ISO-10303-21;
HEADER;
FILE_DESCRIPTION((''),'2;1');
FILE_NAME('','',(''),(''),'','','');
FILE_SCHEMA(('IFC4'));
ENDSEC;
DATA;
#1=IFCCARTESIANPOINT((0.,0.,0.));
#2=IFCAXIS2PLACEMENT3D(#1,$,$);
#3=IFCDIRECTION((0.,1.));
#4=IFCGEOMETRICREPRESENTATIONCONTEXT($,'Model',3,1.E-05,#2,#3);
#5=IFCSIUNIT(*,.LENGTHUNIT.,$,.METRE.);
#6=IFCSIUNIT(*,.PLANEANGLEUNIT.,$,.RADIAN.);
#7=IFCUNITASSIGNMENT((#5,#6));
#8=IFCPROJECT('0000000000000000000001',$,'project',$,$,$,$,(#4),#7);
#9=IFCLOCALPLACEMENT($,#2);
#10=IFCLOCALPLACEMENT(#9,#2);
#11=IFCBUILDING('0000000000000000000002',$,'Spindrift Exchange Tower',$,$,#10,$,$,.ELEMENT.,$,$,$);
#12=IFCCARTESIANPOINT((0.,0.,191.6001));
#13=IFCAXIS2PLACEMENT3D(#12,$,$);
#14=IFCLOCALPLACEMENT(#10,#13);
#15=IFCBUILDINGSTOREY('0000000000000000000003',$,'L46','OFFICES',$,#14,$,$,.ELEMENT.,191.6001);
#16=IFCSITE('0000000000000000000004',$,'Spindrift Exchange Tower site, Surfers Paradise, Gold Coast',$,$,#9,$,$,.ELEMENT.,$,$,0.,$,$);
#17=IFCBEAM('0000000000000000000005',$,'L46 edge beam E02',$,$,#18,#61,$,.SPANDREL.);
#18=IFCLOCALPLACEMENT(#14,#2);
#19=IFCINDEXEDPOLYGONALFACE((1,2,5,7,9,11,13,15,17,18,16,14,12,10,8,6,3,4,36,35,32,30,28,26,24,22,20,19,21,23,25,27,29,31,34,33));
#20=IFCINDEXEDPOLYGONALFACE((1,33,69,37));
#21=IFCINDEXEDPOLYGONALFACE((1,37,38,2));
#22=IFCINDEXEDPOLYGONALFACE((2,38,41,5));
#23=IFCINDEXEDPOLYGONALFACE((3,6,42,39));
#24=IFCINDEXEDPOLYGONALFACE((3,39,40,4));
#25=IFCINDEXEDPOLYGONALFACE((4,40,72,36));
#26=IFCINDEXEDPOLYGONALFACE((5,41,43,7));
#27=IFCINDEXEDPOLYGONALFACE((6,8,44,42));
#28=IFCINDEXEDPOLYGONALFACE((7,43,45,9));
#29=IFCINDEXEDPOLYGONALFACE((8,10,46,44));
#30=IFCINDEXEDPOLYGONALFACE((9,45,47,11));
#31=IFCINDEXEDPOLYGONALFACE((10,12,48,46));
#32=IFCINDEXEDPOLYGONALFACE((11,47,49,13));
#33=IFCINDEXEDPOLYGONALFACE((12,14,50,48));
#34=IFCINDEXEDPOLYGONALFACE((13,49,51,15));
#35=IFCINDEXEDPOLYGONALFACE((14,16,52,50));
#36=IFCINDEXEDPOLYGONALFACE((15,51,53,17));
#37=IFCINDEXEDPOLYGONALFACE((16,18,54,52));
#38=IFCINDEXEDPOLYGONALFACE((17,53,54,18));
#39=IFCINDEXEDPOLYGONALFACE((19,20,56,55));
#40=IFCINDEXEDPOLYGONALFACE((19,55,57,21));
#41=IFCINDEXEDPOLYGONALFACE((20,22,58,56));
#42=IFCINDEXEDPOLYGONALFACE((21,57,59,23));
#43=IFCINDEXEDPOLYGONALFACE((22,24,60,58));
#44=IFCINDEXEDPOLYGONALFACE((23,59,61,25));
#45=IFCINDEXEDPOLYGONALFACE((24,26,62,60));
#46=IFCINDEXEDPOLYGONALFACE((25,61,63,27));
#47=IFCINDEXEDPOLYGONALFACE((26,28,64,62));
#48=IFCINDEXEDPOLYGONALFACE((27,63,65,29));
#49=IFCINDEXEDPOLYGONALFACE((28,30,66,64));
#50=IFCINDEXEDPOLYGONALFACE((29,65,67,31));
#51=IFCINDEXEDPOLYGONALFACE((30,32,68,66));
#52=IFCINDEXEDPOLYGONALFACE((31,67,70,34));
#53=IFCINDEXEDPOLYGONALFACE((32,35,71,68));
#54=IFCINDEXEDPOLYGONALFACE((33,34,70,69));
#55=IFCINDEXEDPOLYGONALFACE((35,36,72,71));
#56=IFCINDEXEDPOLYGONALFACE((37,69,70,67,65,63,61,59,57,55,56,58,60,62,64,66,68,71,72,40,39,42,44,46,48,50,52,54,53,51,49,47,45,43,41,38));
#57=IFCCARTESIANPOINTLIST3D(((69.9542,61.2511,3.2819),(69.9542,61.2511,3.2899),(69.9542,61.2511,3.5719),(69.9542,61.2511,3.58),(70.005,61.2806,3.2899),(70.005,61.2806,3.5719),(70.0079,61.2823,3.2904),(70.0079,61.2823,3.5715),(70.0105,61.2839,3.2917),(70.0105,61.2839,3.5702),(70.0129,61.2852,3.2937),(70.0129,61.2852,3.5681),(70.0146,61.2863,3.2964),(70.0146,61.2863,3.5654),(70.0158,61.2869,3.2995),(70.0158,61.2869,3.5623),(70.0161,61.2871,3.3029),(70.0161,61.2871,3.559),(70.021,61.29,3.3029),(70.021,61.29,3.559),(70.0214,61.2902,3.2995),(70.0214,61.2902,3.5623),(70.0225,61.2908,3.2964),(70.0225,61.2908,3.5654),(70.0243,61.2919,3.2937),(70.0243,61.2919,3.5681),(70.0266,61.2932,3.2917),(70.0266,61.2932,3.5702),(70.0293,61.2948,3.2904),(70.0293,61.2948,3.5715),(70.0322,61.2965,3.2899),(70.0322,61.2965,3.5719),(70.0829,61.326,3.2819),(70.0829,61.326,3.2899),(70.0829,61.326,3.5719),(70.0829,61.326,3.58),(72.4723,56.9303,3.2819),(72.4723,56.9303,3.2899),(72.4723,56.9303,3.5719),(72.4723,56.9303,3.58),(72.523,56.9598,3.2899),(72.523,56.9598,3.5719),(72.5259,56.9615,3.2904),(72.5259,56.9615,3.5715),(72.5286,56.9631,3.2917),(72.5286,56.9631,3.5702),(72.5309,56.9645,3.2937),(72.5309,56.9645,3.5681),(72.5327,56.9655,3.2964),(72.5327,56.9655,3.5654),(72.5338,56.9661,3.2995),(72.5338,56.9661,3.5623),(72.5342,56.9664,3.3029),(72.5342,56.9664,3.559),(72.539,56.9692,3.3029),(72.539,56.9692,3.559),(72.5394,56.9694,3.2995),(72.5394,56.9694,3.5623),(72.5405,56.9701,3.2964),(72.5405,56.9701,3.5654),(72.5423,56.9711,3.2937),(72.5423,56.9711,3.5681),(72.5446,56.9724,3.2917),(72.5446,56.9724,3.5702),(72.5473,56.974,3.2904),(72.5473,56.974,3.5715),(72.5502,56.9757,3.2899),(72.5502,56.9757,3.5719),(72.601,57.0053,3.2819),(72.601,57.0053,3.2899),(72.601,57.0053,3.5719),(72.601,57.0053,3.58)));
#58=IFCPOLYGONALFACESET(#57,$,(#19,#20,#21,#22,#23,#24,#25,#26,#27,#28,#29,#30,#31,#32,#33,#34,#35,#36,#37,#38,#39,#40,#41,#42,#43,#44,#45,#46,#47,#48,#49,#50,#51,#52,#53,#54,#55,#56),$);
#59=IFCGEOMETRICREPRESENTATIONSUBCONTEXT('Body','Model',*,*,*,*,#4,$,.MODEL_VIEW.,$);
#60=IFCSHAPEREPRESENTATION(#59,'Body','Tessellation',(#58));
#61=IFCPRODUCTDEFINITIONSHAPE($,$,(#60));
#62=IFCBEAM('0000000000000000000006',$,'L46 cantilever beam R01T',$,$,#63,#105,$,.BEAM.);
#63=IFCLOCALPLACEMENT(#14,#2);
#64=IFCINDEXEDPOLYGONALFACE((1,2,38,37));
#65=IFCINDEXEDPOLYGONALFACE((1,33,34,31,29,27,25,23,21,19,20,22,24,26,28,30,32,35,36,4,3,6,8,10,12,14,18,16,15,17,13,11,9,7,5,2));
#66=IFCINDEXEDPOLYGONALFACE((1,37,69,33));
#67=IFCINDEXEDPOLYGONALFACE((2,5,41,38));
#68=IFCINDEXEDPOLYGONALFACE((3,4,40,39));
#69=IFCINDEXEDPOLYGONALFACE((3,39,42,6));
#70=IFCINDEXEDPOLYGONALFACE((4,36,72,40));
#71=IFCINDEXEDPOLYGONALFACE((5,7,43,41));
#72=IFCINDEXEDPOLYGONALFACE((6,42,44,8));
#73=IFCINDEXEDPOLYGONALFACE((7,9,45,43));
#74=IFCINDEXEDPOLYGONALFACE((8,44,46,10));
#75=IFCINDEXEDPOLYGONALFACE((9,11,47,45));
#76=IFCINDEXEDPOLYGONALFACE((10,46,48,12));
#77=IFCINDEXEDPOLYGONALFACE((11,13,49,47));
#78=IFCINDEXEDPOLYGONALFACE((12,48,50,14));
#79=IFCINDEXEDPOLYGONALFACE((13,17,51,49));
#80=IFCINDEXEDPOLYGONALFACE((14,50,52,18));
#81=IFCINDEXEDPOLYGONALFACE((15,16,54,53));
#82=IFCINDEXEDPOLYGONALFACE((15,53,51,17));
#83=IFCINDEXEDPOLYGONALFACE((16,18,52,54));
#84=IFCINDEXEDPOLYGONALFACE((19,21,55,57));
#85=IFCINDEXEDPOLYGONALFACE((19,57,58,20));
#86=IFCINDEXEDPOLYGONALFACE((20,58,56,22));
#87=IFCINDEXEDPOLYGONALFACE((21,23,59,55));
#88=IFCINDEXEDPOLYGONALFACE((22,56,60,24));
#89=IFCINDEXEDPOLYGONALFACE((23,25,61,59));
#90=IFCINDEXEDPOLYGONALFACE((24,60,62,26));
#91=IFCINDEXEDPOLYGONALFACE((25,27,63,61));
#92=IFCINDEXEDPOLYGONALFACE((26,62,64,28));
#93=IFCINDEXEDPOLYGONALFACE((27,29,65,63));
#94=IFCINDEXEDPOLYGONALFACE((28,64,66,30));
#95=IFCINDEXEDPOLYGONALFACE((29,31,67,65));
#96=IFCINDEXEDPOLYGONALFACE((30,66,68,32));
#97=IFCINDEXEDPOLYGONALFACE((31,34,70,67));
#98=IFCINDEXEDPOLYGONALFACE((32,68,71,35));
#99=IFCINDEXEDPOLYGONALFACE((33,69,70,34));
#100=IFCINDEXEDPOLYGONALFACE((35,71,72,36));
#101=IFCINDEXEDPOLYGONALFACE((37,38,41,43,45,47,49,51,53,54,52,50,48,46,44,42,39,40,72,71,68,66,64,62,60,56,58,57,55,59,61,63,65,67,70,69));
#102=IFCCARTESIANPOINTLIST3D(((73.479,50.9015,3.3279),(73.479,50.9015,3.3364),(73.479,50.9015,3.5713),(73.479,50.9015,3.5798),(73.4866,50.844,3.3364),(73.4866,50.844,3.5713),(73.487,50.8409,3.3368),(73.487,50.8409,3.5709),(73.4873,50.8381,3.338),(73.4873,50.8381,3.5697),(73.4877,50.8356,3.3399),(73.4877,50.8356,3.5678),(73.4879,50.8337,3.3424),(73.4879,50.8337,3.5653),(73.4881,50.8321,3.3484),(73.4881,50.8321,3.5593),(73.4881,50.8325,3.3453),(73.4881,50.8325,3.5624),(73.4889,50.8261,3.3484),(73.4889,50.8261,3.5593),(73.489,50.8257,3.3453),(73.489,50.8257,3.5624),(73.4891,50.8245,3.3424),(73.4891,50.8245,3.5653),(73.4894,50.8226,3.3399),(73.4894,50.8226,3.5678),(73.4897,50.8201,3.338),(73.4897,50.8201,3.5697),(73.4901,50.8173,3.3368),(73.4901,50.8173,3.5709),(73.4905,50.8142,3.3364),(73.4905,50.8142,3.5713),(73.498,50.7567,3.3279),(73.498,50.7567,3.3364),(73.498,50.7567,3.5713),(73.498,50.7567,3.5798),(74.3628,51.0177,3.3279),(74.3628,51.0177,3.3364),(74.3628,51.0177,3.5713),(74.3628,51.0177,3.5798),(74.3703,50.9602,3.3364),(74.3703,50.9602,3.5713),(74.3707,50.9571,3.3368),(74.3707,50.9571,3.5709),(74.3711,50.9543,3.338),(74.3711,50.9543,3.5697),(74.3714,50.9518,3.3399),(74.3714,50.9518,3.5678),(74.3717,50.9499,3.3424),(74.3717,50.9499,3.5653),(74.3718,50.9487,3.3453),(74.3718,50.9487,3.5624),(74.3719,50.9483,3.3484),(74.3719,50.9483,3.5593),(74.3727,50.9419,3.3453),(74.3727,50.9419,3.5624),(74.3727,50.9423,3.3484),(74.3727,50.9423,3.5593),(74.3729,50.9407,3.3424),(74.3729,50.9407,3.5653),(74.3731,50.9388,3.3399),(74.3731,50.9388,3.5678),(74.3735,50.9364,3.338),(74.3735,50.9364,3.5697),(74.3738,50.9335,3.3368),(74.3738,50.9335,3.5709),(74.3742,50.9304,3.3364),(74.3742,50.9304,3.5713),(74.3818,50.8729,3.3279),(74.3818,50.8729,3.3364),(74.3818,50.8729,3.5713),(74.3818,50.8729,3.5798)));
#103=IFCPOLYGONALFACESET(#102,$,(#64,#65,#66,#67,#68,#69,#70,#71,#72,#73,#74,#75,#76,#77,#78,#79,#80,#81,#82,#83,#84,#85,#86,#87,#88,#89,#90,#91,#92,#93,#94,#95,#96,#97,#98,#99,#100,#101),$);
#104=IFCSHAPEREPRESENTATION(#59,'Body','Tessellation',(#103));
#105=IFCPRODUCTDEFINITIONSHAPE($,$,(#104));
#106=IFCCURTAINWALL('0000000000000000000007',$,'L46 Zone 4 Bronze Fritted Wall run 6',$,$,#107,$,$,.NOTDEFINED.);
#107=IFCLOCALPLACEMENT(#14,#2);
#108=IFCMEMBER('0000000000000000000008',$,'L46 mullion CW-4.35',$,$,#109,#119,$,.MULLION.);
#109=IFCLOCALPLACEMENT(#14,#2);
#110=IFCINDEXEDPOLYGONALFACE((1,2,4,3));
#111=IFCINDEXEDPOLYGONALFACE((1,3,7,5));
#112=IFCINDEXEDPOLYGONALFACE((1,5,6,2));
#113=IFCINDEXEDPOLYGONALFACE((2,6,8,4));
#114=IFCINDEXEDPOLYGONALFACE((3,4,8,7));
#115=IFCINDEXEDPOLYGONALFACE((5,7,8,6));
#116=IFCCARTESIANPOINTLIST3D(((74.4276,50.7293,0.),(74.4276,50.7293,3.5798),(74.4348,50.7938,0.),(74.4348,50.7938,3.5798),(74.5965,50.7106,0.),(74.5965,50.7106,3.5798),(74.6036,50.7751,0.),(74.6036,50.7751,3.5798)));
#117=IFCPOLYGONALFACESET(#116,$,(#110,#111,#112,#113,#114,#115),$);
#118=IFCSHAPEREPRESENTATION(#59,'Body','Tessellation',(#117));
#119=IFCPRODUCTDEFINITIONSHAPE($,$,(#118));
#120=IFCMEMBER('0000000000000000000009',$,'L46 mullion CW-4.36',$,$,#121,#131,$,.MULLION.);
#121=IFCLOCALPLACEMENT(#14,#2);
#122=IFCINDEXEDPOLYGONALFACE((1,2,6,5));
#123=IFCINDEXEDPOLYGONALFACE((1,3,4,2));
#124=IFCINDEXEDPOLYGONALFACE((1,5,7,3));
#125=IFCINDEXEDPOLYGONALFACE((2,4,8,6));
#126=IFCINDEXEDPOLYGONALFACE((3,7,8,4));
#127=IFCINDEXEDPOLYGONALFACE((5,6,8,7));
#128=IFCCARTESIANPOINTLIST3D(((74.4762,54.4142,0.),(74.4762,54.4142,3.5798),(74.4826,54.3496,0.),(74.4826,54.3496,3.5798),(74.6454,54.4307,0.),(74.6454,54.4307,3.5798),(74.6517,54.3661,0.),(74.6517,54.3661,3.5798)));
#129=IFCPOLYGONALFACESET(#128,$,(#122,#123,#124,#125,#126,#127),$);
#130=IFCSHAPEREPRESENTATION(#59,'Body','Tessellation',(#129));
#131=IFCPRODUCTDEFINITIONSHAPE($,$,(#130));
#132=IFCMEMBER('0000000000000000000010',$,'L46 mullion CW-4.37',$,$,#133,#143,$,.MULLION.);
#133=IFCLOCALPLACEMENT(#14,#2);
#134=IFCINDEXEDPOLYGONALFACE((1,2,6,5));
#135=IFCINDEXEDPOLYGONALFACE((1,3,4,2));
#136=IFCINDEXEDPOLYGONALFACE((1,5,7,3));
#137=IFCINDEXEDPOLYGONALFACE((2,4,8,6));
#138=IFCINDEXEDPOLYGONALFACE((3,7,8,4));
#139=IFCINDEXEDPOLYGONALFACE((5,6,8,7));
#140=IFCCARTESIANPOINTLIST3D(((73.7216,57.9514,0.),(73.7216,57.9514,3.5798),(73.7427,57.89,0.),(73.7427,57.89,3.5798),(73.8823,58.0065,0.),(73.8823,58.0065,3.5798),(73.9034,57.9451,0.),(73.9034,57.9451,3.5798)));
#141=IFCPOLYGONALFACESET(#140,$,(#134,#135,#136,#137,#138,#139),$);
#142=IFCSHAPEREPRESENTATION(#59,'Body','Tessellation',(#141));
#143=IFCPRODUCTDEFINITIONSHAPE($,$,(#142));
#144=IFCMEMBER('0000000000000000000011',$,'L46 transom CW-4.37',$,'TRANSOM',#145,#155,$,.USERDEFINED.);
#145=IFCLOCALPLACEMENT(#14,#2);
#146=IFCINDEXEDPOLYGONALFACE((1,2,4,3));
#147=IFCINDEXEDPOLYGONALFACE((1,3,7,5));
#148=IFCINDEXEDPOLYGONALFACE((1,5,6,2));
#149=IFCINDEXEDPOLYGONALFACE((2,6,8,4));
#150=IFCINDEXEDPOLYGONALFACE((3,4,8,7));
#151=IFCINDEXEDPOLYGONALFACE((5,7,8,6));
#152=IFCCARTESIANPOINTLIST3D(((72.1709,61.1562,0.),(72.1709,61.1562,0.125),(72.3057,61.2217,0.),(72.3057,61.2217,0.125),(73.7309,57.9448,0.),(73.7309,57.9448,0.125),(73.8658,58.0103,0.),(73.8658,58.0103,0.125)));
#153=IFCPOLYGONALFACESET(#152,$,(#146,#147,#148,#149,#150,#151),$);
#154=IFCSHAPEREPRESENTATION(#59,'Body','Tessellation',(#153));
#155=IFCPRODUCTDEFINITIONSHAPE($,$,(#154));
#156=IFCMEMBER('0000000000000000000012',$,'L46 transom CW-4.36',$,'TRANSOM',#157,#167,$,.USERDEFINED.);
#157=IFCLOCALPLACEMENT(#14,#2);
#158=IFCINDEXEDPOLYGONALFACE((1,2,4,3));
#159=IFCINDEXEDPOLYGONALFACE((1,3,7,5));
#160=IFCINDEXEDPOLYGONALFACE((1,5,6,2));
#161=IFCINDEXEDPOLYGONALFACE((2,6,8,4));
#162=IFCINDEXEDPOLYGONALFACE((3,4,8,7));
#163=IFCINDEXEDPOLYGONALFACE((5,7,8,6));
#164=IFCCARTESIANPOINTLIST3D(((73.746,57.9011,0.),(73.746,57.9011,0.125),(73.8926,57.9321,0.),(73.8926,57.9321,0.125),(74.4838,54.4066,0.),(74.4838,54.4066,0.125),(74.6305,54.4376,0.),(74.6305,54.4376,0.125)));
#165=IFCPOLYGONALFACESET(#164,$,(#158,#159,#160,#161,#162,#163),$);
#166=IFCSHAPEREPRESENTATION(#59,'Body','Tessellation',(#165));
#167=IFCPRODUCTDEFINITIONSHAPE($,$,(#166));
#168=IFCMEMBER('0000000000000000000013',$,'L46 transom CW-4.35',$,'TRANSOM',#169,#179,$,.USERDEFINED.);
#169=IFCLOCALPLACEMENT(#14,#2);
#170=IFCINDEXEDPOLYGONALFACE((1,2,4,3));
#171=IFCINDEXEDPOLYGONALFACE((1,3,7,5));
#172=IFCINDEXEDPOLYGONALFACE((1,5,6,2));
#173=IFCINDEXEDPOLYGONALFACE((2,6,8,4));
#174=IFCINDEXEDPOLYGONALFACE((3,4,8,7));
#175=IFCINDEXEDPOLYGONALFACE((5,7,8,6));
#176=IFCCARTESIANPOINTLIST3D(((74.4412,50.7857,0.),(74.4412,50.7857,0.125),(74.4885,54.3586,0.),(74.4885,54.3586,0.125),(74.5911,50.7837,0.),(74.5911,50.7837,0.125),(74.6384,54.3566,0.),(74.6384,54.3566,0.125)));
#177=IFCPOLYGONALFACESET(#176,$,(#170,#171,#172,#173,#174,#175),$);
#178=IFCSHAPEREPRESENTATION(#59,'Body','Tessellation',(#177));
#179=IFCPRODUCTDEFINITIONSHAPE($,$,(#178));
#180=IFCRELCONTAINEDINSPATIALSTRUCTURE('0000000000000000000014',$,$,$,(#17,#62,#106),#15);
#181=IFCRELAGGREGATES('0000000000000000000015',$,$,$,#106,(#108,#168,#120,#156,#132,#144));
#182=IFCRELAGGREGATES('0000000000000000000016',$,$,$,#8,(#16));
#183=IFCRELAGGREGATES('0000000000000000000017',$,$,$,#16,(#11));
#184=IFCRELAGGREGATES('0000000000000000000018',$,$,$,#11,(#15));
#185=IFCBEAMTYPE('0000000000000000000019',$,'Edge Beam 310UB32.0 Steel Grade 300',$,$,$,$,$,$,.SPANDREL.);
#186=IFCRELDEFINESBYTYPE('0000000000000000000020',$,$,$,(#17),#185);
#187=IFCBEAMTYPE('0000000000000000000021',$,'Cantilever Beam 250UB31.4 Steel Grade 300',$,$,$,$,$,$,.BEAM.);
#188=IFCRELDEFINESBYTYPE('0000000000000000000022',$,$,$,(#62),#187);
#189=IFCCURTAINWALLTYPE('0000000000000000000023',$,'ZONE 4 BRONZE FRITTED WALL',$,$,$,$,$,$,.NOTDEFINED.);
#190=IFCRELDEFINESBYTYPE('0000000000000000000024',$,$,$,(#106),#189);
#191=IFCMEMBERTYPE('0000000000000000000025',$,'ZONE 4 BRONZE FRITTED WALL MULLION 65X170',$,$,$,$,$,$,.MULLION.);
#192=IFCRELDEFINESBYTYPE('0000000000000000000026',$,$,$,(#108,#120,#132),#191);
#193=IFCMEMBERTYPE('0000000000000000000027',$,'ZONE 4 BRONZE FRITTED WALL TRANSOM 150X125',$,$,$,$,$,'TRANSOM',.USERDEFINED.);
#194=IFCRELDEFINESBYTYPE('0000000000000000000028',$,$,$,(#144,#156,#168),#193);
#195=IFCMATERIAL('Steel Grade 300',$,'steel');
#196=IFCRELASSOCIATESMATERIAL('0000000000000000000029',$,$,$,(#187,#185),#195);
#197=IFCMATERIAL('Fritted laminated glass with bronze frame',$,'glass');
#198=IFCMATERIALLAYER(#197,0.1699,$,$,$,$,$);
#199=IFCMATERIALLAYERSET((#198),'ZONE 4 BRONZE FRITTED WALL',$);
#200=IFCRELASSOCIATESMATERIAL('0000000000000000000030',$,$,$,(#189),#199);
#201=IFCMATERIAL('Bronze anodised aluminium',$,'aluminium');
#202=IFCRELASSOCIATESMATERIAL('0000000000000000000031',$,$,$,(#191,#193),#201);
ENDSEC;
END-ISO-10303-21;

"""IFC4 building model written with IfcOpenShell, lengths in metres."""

from ifc_helpers import new_model, si_unit, direction, frame, origin, origin_2d, place, context, subcontext, project, spatial, rectangle, i_section, extrude, source, transform, mapped, material, layer, layer_set, material_profile, profile_set, type_object, element, aggregate, save


model = new_model("IFC4")

# Units and contexts
model_context = context("Model", 3, precision=1e-05, world=origin(), true_north=direction((0.0, 1.0)))
body_context = subcontext(model_context, "Body", "Model", "MODEL_VIEW")
ifc_project = project(units=[si_unit("LENGTHUNIT", "METRE"), si_unit("PLANEANGLEUNIT", "RADIAN")], contexts=[model_context])

# Site, building, storey
site_placement = place(None, origin())
site = spatial("IfcSite", under=ifc_project, at=site_placement, Name="Spindrift Exchange Tower site, Surfers Paradise, Gold Coast", CompositionType="ELEMENT", RefElevation=0.0)
building_placement = place(site_placement, origin())
building = spatial("IfcBuilding", under=site, at=building_placement, Name="Spindrift Exchange Tower", CompositionType="ELEMENT")
storey_placement = place(building_placement, frame((0.0, 0.0, 191.6001)))
storey = spatial("IfcBuildingStorey", under=building, at=storey_placement, Name="L46", Description="OFFICES", CompositionType="ELEMENT", Elevation=191.6001)

# Beams
ifc_material_1 = material(Name="Steel Grade 300", Category="steel")
ifc_material_profile_1 = material_profile(ifc_material_1, i_section(OverallWidth=0.146, OverallDepth=0.252, WebThickness=0.0061, FlangeThickness=0.0085, FilletRadius=0.012, at=origin_2d()), Name="250UB31.4")
ifc_profile_set_1 = profile_set([ifc_material_profile_1], Name="Steel Grade 300")
beam_type_1 = type_object("IfcBeamType", Name="Cantilever Beam 250UB31.4 Steel Grade 300", PredefinedType="BEAM", material=ifc_profile_set_1)
ifc_material_profile_2 = material_profile(ifc_material_1, i_section(OverallWidth=0.1489, OverallDepth=0.2981, WebThickness=0.0056, FlangeThickness=0.0081, FilletRadius=0.0129, at=origin_2d()), Name="310UB32.0")
ifc_profile_set_2 = profile_set([ifc_material_profile_2], Name="Steel Grade 300")
beam_type_2 = type_object("IfcBeamType", Name="Edge Beam 310UB32.0 Steel Grade 300", PredefinedType="SPANDREL", material=ifc_profile_set_2)
shared_shape_1 = source(origin(), body_context, "Body", "SweptSolid", [
    extrude(i_section(OverallWidth=0.1489, OverallDepth=0.2981, WebThickness=0.0056, FlangeThickness=0.0081, FilletRadius=0.0129, at=origin_2d()), origin(), (0.0, 0.0, 1.0), 5.001),
])
beam_1_placement = place(storey_placement, frame((72.5366, 56.9678, 3.4309), z_axis=(-0.503513, 0.863988, 0.0), x_axis=(-0.863988, -0.503513, 0.0)))
element("IfcBeam", 1, at=beam_1_placement, inside=storey, type_object=beam_type_2, Name="L46 edge beam E02", PredefinedType="SPANDREL", context=body_context, shape_type="MappedRepresentation", body=[
    mapped(shared_shape_1, transform((0.0, 0.0, 0.0), scale=1.0)),
])
shared_shape_2 = source(origin(), body_context, "Body", "SweptSolid", [
    extrude(i_section(OverallWidth=0.146, OverallDepth=0.252, WebThickness=0.0061, FlangeThickness=0.0085, FilletRadius=0.012, at=origin_2d()), origin(), (0.0, 0.0, 1.0), 0.8914),
])
beam_2_placement = place(storey_placement, frame((73.4885, 50.8291, 3.4539), z_axis=(0.991465, 0.130369, 0.0), x_axis=(-0.130369, 0.991465, 0.0)))
element("IfcBeam", 2, at=beam_2_placement, inside=storey, type_object=beam_type_1, Name="L46 cantilever beam R01T", PredefinedType="BEAM", context=body_context, shape_type="MappedRepresentation", body=[
    mapped(shared_shape_2, transform((0.0, 0.0, 0.0), scale=1.0)),
])

# Curtain wall, members
ifc_material_2 = material(Name="Fritted laminated glass with bronze frame", Category="glass")
ifc_layer_1 = layer(ifc_material_2, 0.1699)
ifc_layer_set_1 = layer_set([ifc_layer_1], Name="ZONE 4 BRONZE FRITTED WALL")
curtain_wall_type = type_object("IfcCurtainWallType", Name="ZONE 4 BRONZE FRITTED WALL", PredefinedType="NOTDEFINED", material=ifc_layer_set_1)
curtain_wall_placement = place(storey_placement, origin())
curtain_wall = element("IfcCurtainWall", 3, at=curtain_wall_placement, inside=storey, type_object=curtain_wall_type, Name="L46 Zone 4 Bronze Fritted Wall run 6", PredefinedType="NOTDEFINED")
ifc_material_3 = material(Name="Bronze anodised aluminium", Category="aluminium")
ifc_material_profile_3 = material_profile(ifc_material_3, rectangle(XDim=0.0649, YDim=0.1699, at=origin_2d()), Name="ZONE 4 BRONZE FRITTED WALL MULLION 65X170")
ifc_profile_set_3 = profile_set([ifc_material_profile_3], Name="Bronze anodised aluminium")
member_type_1 = type_object("IfcMemberType", Name="ZONE 4 BRONZE FRITTED WALL MULLION 65X170", PredefinedType="MULLION", material=ifc_profile_set_3)
shared_shape_3 = source(origin(), body_context, "Body", "SweptSolid", [
    extrude(rectangle(XDim=0.0649, YDim=0.1699, at=origin_2d()), origin(), (0.0, 0.0, 1.0), 3.5798),
])
member_1_placement = place(storey_placement, frame((74.5156, 50.7522, 0.0), z_axis=(0.0, 0.0, 1.0), x_axis=(0.110082, 0.993922, 0.0)))
member_1 = element("IfcMember", 4, at=member_1_placement, type_object=member_type_1, Name="L46 mullion CW-4.35", PredefinedType="MULLION", context=body_context, shape_type="MappedRepresentation", body=[
    mapped(shared_shape_3, transform((0.0, 0.0, 0.0), scale=1.0)),
])
member_2_placement = place(storey_placement, frame((74.564, 54.3901, 0.0), z_axis=(0.0, 0.0, 1.0), x_axis=(-0.097269, 0.995258, 0.0)))
member_2 = element("IfcMember", 5, at=member_2_placement, type_object=member_type_1, Name="L46 mullion CW-4.36", PredefinedType="MULLION", context=body_context, shape_type="MappedRepresentation", body=[
    mapped(shared_shape_3, transform((0.0, 0.0, 0.0), scale=1.0)),
])
member_3_placement = place(storey_placement, frame((73.8125, 57.9482, 0.0), z_axis=(0.0, 0.0, 1.0), x_axis=(-0.324197, 0.945989, 0.0)))
member_3 = element("IfcMember", 6, at=member_3_placement, type_object=member_type_1, Name="L46 mullion CW-4.37", PredefinedType="MULLION", context=body_context, shape_type="MappedRepresentation", body=[
    mapped(shared_shape_3, transform((0.0, 0.0, 0.0), scale=1.0)),
])
ifc_material_profile_4 = material_profile(ifc_material_3, rectangle(XDim=0.1499, YDim=0.125, at=origin_2d()), Name="ZONE 4 BRONZE FRITTED WALL TRANSOM 150X125")
ifc_profile_set_4 = profile_set([ifc_material_profile_4], Name="Bronze anodised aluminium")
member_type_2 = type_object("IfcMemberType", Name="ZONE 4 BRONZE FRITTED WALL TRANSOM 150X125", ElementType="TRANSOM", PredefinedType="USERDEFINED", material=ifc_profile_set_4)
shared_shape_4 = source(origin(), body_context, "Body", "SweptSolid", [
    extrude(rectangle(XDim=0.1499, YDim=0.125, at=origin_2d()), origin(), (0.0, 0.0, 1.0), 3.5703),
])
member_4_placement = place(storey_placement, frame((73.7983, 57.9775, 0.0625), z_axis=(-0.436955, 0.899484, 0.0), x_axis=(-0.899484, -0.436955, 0.0)))
member_4 = element("IfcMember", 7, at=member_4_placement, type_object=member_type_2, Name="L46 transom CW-4.37", ObjectType="TRANSOM", PredefinedType="USERDEFINED", context=body_context, shape_type="MappedRepresentation", body=[
    mapped(shared_shape_4, transform((0.0, 0.0, 0.0), scale=1.0)),
])
shared_shape_5 = source(origin(), body_context, "Body", "SweptSolid", [
    extrude(rectangle(XDim=0.1499, YDim=0.125, at=origin_2d()), origin(), (0.0, 0.0, 1.0), 3.5715),
])
member_5_placement = place(storey_placement, frame((74.5571, 54.4221, 0.0625), z_axis=(-0.206582, 0.978429, 0.0), x_axis=(-0.978429, -0.206582, 0.0)))
member_5 = element("IfcMember", 8, at=member_5_placement, type_object=member_type_2, Name="L46 transom CW-4.36", ObjectType="TRANSOM", PredefinedType="USERDEFINED", context=body_context, shape_type="MappedRepresentation", body=[
    mapped(shared_shape_5, transform((0.0, 0.0, 0.0), scale=1.0)),
])
shared_shape_6 = source(origin(), body_context, "Body", "SweptSolid", [
    extrude(rectangle(XDim=0.1499, YDim=0.125, at=origin_2d()), origin(), (0.0, 0.0, 1.0), 3.5732),
])
member_6_placement = place(storey_placement, frame((74.5161, 50.7847, 0.0625), z_axis=(0.013255, 0.999912, 0.0), x_axis=(-0.999912, 0.013255, 0.0)))
member_6 = element("IfcMember", 9, at=member_6_placement, type_object=member_type_2, Name="L46 transom CW-4.35", ObjectType="TRANSOM", PredefinedType="USERDEFINED", context=body_context, shape_type="MappedRepresentation", body=[
    mapped(shared_shape_6, transform((0.0, 0.0, 0.0), scale=1.0)),
])
aggregate(curtain_wall, [member_1, member_6, member_2, member_5, member_3, member_4])

save(model, "model.ifc")
